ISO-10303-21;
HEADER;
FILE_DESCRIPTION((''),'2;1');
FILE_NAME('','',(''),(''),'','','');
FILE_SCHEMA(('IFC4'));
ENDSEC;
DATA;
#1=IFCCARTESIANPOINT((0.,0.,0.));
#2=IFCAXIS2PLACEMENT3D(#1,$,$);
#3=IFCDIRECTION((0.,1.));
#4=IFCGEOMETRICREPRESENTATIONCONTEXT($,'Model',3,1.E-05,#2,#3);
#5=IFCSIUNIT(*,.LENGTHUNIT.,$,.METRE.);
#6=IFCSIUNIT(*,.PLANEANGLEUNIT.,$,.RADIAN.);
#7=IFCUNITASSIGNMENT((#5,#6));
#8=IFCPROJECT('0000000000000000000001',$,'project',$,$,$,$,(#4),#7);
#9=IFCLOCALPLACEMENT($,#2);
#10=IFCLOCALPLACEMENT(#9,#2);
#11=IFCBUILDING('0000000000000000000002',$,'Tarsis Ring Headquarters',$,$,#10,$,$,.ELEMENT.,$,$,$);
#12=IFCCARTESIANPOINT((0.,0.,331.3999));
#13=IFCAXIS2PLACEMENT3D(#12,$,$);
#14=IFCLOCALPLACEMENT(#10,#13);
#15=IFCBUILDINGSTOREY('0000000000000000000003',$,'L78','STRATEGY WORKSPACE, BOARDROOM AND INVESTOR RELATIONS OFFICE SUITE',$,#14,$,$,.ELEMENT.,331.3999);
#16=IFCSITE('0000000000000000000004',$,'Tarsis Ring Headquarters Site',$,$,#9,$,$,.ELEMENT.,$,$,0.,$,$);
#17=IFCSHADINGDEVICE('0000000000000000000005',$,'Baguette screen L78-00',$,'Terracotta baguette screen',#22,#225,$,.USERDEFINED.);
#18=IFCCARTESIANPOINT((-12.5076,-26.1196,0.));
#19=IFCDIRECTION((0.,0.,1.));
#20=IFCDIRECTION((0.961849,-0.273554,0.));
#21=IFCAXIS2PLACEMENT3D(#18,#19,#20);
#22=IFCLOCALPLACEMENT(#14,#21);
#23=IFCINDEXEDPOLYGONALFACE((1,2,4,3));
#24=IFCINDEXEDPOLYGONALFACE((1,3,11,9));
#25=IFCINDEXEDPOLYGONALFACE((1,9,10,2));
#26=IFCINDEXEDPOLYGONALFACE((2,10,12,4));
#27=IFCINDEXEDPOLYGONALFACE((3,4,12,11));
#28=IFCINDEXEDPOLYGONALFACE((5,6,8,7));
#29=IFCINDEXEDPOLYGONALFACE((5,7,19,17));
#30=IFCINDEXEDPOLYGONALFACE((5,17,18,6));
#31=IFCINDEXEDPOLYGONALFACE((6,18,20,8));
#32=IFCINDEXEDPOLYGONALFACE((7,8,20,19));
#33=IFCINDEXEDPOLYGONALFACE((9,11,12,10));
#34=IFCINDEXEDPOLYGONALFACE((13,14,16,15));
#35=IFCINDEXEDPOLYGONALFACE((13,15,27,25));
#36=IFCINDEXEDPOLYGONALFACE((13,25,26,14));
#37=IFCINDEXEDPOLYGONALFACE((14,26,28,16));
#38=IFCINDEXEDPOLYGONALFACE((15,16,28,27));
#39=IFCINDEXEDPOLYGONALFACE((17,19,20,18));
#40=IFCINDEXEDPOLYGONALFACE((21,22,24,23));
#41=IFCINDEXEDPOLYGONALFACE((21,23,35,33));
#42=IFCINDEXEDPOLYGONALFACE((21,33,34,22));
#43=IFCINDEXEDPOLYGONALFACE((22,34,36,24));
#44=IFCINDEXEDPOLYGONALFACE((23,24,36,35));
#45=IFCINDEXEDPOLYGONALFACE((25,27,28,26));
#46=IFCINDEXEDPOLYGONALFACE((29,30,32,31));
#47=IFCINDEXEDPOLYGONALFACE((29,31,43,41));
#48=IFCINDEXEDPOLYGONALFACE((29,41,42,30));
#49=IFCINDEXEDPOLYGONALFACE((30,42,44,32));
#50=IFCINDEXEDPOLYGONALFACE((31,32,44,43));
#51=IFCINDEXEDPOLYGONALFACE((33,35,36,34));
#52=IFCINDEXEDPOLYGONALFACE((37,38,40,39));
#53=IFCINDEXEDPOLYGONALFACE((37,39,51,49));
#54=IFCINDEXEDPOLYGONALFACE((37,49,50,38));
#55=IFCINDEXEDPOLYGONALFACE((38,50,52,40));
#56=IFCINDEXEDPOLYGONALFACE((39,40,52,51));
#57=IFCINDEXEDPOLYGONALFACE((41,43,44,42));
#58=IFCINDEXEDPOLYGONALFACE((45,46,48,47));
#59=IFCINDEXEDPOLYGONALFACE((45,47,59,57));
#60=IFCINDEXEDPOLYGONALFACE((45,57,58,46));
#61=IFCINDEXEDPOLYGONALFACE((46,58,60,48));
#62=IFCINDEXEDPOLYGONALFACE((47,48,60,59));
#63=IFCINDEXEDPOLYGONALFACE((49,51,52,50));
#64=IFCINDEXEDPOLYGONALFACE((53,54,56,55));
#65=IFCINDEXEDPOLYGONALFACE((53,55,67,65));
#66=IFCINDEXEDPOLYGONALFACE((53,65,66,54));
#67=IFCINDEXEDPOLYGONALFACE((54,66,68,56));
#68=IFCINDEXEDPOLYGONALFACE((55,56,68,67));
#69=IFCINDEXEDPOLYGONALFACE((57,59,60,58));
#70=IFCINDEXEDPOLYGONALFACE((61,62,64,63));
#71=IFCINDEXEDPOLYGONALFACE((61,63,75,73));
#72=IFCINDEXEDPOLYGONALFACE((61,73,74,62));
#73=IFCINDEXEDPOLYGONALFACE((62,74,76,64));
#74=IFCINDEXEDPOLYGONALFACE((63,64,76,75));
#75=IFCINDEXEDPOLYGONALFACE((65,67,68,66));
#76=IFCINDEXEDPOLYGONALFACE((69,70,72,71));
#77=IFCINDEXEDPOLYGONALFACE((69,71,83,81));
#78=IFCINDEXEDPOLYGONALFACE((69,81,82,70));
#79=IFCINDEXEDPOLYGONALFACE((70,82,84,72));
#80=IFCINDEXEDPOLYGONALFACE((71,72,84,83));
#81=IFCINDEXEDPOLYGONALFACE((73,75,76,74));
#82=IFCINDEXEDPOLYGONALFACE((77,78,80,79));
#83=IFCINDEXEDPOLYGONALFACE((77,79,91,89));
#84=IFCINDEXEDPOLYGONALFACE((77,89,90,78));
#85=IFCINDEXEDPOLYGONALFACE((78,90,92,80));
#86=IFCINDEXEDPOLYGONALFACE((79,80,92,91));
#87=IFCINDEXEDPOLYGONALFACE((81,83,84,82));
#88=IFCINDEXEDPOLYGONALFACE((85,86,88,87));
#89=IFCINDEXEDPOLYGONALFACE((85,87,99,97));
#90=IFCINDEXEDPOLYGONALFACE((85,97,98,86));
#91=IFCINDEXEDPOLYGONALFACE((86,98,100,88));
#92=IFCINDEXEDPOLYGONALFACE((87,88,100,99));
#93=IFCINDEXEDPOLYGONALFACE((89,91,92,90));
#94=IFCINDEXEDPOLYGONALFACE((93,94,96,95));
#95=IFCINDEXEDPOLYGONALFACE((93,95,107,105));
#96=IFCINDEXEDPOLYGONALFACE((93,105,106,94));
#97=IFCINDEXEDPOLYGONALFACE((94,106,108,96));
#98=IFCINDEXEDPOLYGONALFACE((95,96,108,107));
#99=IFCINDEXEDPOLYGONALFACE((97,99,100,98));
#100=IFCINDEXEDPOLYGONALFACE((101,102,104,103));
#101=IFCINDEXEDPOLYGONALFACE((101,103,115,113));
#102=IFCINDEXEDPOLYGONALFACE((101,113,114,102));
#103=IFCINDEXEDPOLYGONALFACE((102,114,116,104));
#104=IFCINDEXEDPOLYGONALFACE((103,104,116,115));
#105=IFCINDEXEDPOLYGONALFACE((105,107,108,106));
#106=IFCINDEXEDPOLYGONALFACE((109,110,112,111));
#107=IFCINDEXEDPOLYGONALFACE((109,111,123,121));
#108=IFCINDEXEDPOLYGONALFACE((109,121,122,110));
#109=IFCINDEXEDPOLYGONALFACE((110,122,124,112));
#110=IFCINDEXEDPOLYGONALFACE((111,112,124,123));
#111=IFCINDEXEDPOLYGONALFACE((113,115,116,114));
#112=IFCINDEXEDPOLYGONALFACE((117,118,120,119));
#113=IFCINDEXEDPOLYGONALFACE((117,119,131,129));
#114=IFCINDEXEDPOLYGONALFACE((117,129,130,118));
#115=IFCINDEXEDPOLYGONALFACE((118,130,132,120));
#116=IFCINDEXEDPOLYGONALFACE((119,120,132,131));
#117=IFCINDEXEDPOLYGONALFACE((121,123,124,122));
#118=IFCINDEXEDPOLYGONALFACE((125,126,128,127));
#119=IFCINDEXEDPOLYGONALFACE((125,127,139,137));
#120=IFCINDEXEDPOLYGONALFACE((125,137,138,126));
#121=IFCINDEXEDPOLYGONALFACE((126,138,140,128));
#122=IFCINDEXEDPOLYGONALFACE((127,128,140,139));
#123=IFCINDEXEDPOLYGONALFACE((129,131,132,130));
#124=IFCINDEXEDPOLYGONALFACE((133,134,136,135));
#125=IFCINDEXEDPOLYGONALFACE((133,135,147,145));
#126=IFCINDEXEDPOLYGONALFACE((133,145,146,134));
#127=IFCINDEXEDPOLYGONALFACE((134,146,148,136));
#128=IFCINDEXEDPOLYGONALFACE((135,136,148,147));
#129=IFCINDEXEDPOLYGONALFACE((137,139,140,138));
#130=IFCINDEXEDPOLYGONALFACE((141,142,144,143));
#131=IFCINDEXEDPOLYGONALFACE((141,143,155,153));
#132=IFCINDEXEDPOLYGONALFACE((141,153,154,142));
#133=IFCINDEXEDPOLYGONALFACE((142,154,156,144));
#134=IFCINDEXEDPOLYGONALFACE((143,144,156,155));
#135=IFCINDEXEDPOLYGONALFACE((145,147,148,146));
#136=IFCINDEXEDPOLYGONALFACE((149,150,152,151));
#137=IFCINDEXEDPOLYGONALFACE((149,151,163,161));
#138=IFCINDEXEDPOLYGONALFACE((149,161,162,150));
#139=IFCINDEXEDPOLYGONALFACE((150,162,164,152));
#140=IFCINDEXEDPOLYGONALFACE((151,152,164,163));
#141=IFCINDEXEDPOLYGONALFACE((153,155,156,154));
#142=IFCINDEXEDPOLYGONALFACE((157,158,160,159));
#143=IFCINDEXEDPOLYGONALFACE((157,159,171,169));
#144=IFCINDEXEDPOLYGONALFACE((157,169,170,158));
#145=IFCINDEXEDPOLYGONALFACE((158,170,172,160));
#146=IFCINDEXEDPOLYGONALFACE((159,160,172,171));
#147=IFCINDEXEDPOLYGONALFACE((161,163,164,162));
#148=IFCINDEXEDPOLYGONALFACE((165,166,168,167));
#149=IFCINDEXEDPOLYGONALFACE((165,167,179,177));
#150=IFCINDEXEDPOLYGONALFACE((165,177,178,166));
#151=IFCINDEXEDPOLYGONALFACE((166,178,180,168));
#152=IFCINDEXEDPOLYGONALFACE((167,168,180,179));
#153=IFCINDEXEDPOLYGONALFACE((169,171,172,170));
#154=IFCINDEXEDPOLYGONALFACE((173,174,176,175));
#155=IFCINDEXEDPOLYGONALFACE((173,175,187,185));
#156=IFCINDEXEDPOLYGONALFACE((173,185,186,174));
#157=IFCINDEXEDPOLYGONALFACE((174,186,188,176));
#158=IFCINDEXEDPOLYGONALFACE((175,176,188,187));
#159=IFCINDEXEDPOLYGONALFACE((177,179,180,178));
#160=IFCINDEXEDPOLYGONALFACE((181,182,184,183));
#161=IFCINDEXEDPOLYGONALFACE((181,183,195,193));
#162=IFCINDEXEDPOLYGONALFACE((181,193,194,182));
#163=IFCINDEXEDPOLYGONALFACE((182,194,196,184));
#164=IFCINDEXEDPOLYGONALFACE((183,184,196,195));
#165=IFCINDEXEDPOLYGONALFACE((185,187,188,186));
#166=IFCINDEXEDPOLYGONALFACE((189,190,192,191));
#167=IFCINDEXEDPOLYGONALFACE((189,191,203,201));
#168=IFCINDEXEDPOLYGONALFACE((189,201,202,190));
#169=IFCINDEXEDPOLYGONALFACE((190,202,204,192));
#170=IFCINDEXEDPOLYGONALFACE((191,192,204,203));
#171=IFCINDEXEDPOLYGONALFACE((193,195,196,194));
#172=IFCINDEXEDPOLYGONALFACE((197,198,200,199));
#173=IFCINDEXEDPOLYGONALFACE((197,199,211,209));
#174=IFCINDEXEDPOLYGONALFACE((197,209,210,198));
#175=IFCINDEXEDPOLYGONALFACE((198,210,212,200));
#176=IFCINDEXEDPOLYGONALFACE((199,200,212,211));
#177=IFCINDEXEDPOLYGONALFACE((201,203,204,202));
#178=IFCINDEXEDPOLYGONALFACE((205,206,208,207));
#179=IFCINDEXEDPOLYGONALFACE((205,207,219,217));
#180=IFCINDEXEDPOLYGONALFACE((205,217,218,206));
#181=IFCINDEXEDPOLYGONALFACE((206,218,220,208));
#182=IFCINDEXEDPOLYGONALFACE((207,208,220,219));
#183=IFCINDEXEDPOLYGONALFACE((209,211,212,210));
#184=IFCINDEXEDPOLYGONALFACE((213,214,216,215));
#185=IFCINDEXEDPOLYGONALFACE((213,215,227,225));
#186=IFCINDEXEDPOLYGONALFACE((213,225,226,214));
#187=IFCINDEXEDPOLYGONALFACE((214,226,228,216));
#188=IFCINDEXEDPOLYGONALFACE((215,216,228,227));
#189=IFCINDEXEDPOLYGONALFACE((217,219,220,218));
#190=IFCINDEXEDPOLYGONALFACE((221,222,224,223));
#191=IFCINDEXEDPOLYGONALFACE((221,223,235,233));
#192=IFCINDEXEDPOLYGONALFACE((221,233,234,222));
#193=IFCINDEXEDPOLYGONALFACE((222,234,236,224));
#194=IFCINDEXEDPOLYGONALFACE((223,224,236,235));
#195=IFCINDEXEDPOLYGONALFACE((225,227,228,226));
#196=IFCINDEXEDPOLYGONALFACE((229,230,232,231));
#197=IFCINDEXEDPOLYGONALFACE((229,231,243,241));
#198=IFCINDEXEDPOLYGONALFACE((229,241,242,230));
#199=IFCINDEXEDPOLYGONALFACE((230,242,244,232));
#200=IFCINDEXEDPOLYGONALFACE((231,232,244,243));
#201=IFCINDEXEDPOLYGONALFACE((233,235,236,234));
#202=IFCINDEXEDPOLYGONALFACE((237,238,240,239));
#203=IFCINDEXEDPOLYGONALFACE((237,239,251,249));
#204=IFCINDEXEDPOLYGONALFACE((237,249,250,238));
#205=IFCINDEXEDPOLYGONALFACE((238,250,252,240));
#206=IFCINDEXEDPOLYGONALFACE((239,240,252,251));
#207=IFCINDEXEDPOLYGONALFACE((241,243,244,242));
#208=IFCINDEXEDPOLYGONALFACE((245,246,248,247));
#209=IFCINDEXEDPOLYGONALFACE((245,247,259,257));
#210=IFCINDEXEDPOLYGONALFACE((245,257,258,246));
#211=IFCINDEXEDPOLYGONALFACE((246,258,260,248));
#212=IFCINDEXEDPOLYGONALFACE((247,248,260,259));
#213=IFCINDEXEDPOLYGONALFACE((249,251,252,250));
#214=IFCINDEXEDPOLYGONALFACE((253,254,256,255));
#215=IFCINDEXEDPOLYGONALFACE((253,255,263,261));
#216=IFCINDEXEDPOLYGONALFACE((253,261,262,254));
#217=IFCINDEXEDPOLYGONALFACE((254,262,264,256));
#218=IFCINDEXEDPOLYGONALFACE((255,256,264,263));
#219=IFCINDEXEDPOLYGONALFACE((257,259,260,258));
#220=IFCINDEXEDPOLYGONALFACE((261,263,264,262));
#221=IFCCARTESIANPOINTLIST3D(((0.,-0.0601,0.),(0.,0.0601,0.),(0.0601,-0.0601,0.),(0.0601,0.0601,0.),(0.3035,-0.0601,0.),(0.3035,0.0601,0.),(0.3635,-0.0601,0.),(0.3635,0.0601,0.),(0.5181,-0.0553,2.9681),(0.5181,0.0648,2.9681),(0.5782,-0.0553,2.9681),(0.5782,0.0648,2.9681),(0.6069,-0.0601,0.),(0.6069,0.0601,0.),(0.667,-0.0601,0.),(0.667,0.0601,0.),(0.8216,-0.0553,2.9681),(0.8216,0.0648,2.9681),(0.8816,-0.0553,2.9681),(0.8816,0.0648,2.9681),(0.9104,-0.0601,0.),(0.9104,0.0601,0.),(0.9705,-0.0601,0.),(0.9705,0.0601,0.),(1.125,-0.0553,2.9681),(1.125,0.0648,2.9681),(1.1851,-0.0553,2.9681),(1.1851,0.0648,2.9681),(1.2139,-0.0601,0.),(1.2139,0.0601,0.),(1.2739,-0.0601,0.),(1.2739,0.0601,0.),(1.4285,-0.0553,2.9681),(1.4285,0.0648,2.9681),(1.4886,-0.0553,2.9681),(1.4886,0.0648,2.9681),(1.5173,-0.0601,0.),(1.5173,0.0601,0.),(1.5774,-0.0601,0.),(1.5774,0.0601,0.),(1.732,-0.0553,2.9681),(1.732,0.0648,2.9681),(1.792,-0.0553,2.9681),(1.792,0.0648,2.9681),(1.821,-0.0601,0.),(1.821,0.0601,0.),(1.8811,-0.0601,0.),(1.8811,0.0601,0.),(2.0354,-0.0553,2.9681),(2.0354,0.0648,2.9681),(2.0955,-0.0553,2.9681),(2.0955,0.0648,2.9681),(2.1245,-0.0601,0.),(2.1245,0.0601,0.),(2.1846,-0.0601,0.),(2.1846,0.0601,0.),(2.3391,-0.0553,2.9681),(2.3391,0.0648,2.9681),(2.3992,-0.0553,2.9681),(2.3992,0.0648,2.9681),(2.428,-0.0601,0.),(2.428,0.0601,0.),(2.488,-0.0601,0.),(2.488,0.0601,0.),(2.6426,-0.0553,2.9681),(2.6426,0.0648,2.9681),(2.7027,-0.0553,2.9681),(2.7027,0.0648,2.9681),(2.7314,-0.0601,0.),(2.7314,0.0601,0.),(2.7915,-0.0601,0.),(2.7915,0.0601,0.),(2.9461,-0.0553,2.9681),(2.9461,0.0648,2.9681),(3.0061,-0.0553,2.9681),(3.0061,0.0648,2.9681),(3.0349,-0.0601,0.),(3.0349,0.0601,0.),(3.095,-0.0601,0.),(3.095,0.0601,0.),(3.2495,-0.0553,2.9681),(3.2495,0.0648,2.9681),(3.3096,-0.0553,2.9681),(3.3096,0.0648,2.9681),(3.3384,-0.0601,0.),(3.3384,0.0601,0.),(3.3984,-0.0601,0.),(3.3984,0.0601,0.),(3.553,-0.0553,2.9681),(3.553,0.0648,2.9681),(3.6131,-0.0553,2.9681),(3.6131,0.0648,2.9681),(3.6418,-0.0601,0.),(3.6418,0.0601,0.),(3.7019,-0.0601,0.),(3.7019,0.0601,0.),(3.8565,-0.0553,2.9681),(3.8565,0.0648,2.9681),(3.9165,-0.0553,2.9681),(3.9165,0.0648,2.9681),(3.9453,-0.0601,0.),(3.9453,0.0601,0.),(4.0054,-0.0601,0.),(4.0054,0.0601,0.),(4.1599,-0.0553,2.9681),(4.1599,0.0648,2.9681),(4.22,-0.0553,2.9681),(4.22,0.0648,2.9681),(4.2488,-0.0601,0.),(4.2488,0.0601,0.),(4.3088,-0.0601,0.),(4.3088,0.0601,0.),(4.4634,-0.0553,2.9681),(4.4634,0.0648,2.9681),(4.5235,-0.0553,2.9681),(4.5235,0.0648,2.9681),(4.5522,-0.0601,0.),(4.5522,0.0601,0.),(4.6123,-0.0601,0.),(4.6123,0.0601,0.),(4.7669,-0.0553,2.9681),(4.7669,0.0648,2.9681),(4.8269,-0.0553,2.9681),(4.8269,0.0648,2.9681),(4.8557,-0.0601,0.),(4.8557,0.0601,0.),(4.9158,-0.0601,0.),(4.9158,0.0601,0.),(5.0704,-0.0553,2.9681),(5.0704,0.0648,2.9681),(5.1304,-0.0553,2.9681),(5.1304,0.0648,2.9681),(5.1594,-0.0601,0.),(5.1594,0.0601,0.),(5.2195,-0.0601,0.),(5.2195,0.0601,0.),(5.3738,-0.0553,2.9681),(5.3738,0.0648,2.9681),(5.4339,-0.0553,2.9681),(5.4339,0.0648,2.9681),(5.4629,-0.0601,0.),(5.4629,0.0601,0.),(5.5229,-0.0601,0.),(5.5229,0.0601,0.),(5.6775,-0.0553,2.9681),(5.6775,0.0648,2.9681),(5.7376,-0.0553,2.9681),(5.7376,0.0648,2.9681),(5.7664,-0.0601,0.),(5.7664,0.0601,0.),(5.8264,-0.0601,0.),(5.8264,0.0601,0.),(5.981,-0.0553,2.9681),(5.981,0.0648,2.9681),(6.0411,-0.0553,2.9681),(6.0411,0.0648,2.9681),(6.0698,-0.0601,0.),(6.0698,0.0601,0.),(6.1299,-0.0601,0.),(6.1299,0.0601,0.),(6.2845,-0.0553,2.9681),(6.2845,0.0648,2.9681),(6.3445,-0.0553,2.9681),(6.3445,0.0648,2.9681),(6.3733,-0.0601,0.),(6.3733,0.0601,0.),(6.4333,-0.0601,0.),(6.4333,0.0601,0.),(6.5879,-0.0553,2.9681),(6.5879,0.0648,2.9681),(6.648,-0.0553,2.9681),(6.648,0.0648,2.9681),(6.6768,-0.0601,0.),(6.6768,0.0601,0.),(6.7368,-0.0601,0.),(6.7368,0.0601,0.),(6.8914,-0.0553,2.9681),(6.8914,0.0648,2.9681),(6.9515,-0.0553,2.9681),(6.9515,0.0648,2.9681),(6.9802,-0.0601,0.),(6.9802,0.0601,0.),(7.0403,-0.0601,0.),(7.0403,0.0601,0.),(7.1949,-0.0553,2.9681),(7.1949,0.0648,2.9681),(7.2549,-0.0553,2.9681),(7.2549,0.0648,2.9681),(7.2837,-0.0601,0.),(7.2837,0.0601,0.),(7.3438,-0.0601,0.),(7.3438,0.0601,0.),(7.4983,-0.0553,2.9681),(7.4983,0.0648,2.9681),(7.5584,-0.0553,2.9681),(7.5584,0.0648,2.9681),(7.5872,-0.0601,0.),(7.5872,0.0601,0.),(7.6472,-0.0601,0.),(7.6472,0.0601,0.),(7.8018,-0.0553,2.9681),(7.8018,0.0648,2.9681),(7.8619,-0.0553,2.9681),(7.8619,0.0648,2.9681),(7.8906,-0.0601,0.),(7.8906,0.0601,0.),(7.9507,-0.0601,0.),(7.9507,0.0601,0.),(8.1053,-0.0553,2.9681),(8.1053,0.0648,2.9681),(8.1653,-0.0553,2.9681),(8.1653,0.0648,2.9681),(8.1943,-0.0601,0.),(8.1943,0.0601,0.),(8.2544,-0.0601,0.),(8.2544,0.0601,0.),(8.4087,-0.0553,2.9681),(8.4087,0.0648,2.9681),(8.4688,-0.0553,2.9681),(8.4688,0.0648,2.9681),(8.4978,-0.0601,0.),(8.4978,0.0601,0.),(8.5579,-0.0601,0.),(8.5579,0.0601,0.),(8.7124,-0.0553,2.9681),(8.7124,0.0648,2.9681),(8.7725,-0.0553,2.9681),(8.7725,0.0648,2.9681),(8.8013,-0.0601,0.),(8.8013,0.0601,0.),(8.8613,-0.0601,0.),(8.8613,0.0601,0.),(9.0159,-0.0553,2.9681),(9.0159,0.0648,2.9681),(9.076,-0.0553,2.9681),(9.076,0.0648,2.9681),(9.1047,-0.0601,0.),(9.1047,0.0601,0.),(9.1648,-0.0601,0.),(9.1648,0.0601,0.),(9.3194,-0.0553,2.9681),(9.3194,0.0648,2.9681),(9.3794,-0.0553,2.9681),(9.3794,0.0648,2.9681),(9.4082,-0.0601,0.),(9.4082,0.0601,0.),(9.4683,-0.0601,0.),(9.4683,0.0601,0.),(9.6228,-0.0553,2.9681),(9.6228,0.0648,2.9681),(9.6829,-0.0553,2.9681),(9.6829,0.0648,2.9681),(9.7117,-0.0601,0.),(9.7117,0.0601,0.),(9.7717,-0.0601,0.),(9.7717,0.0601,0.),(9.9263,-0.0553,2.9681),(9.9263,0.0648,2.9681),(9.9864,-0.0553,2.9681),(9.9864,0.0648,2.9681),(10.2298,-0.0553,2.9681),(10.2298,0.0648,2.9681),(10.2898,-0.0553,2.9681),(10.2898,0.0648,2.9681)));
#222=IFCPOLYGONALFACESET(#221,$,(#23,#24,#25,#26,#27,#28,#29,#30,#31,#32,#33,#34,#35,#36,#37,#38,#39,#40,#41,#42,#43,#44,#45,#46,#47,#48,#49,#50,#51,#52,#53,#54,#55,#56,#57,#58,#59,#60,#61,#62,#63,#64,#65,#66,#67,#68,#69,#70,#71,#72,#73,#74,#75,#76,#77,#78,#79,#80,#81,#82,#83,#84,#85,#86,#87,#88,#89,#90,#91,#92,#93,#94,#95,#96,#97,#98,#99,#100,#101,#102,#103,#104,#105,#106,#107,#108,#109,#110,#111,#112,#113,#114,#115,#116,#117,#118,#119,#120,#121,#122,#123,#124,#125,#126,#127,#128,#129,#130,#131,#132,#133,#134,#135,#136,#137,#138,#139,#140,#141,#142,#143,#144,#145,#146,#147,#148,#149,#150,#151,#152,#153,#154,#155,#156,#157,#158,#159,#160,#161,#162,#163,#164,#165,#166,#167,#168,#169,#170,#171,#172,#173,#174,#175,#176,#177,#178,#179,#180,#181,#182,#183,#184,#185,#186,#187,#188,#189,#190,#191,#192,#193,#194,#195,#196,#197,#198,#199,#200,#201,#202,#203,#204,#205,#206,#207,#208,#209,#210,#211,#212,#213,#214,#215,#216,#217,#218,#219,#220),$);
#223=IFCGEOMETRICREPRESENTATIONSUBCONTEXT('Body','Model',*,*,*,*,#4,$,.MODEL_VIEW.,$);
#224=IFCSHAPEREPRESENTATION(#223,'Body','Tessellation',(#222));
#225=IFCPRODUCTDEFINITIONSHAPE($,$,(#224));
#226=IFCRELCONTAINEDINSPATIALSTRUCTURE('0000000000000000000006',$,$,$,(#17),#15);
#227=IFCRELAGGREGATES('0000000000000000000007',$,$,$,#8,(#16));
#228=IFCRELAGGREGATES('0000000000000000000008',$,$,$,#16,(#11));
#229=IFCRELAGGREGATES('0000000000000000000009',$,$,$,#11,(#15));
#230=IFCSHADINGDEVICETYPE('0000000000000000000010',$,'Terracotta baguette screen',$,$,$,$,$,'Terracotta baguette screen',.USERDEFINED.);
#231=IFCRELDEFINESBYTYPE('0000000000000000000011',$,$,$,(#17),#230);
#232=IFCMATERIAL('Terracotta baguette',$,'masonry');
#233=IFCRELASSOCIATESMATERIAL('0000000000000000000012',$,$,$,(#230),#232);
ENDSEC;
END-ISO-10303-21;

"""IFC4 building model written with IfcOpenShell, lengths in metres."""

from ifc_helpers import new_model, si_unit, direction, frame, frame_2d, origin, place, context, subcontext, project, spatial, rectangle, composite_profile, extrude, material, type_object, element, save


model = new_model("IFC4")

# Units and contexts
model_context = context("Model", 3, precision=1e-05, world=origin(), true_north=direction((0.0, 1.0)))
body_context = subcontext(model_context, "Body", "Model", "MODEL_VIEW")
ifc_project = project(units=[si_unit("LENGTHUNIT", "METRE"), si_unit("PLANEANGLEUNIT", "RADIAN")], contexts=[model_context])

# Site, building, storey
site_placement = place(None, origin())
site = spatial("IfcSite", under=ifc_project, at=site_placement, Name="Tarsis Ring Headquarters Site", CompositionType="ELEMENT", RefElevation=0.0)
building_placement = place(site_placement, origin())
building = spatial("IfcBuilding", under=site, at=building_placement, Name="Tarsis Ring Headquarters", CompositionType="ELEMENT")
storey_placement = place(building_placement, frame((0.0, 0.0, 331.3999)))
storey = spatial("IfcBuildingStorey", under=building, at=storey_placement, Name="L78", Description="STRATEGY WORKSPACE, BOARDROOM AND INVESTOR RELATIONS OFFICE SUITE", CompositionType="ELEMENT", Elevation=331.3999)

# Shading device
ifc_material_1 = material(Name="Terracotta baguette", Category="masonry")
shading_device_type = type_object("IfcShadingDeviceType", Name="Terracotta baguette screen", ElementType="Terracotta baguette screen", PredefinedType="USERDEFINED", material=ifc_material_1)
shading_device_1_placement = place(storey_placement, frame((-12.5076, -26.1196, 0.0), z_axis=(0.0, 0.0, 1.0), x_axis=(0.961849, -0.273554, 0.0)))
element("IfcShadingDevice", 1, at=shading_device_1_placement, inside=storey, type_object=shading_device_type, Name="Baguette screen L78-00", ObjectType="Terracotta baguette screen", PredefinedType="USERDEFINED", context=body_context, shape_type="SweptSolid", body=[
    extrude(composite_profile([rectangle(XDim=0.0601, YDim=0.1201, at=frame_2d((0.03, 0.0))), rectangle(XDim=0.0601, YDim=0.1201, at=frame_2d((0.3335, 0.0))), rectangle(XDim=0.0601, YDim=0.1201, at=frame_2d((0.637, 0.0))), rectangle(XDim=0.0601, YDim=0.1201, at=frame_2d((0.9404, 0.0))), rectangle(XDim=0.0601, YDim=0.1201, at=frame_2d((1.2439, 0.0))), rectangle(XDim=0.0601, YDim=0.1201, at=frame_2d((1.5474, 0.0))), rectangle(XDim=0.0601, YDim=0.1201, at=frame_2d((1.8511, 0.0))), rectangle(XDim=0.0601, YDim=0.1201, at=frame_2d((2.1545, 0.0))), rectangle(XDim=0.0601, YDim=0.1201, at=frame_2d((2.458, 0.0))), rectangle(XDim=0.0601, YDim=0.1201, at=frame_2d((2.7615, 0.0))), rectangle(XDim=0.0601, YDim=0.1201, at=frame_2d((3.0649, 0.0))), rectangle(XDim=0.0601, YDim=0.1201, at=frame_2d((3.3684, 0.0))), rectangle(XDim=0.0601, YDim=0.1201, at=frame_2d((3.6719, 0.0))), rectangle(XDim=0.0601, YDim=0.1201, at=frame_2d((3.9753, 0.0))), rectangle(XDim=0.0601, YDim=0.1201, at=frame_2d((4.2788, 0.0))), rectangle(XDim=0.0601, YDim=0.1201, at=frame_2d((4.5823, 0.0))), rectangle(XDim=0.0601, YDim=0.1201, at=frame_2d((4.8857, 0.0))), rectangle(XDim=0.0601, YDim=0.1201, at=frame_2d((5.1895, 0.0))), rectangle(XDim=0.0601, YDim=0.1201, at=frame_2d((5.4929, 0.0))), rectangle(XDim=0.0601, YDim=0.1201, at=frame_2d((5.7964, 0.0))), rectangle(XDim=0.0601, YDim=0.1201, at=frame_2d((6.0999, 0.0))), rectangle(XDim=0.0601, YDim=0.1201, at=frame_2d((6.4033, 0.0))), rectangle(XDim=0.0601, YDim=0.1201, at=frame_2d((6.7068, 0.0))), rectangle(XDim=0.0601, YDim=0.1201, at=frame_2d((7.0103, 0.0))), rectangle(XDim=0.0601, YDim=0.1201, at=frame_2d((7.3137, 0.0))), rectangle(XDim=0.0601, YDim=0.1201, at=frame_2d((7.6172, 0.0))), rectangle(XDim=0.0601, YDim=0.1201, at=frame_2d((7.9207, 0.0))), rectangle(XDim=0.0601, YDim=0.1201, at=frame_2d((8.2244, 0.0))), rectangle(XDim=0.0601, YDim=0.1201, at=frame_2d((8.5278, 0.0))), rectangle(XDim=0.0601, YDim=0.1201, at=frame_2d((8.8313, 0.0))), rectangle(XDim=0.0601, YDim=0.1201, at=frame_2d((9.1348, 0.0))), rectangle(XDim=0.0601, YDim=0.1201, at=frame_2d((9.4382, 0.0))), rectangle(XDim=0.0601, YDim=0.1201, at=frame_2d((9.7417, 0.0)))]), origin(), (0.17196, 0.001564, 0.985103), 3.0129),
])

save(model, "model.ifc")
